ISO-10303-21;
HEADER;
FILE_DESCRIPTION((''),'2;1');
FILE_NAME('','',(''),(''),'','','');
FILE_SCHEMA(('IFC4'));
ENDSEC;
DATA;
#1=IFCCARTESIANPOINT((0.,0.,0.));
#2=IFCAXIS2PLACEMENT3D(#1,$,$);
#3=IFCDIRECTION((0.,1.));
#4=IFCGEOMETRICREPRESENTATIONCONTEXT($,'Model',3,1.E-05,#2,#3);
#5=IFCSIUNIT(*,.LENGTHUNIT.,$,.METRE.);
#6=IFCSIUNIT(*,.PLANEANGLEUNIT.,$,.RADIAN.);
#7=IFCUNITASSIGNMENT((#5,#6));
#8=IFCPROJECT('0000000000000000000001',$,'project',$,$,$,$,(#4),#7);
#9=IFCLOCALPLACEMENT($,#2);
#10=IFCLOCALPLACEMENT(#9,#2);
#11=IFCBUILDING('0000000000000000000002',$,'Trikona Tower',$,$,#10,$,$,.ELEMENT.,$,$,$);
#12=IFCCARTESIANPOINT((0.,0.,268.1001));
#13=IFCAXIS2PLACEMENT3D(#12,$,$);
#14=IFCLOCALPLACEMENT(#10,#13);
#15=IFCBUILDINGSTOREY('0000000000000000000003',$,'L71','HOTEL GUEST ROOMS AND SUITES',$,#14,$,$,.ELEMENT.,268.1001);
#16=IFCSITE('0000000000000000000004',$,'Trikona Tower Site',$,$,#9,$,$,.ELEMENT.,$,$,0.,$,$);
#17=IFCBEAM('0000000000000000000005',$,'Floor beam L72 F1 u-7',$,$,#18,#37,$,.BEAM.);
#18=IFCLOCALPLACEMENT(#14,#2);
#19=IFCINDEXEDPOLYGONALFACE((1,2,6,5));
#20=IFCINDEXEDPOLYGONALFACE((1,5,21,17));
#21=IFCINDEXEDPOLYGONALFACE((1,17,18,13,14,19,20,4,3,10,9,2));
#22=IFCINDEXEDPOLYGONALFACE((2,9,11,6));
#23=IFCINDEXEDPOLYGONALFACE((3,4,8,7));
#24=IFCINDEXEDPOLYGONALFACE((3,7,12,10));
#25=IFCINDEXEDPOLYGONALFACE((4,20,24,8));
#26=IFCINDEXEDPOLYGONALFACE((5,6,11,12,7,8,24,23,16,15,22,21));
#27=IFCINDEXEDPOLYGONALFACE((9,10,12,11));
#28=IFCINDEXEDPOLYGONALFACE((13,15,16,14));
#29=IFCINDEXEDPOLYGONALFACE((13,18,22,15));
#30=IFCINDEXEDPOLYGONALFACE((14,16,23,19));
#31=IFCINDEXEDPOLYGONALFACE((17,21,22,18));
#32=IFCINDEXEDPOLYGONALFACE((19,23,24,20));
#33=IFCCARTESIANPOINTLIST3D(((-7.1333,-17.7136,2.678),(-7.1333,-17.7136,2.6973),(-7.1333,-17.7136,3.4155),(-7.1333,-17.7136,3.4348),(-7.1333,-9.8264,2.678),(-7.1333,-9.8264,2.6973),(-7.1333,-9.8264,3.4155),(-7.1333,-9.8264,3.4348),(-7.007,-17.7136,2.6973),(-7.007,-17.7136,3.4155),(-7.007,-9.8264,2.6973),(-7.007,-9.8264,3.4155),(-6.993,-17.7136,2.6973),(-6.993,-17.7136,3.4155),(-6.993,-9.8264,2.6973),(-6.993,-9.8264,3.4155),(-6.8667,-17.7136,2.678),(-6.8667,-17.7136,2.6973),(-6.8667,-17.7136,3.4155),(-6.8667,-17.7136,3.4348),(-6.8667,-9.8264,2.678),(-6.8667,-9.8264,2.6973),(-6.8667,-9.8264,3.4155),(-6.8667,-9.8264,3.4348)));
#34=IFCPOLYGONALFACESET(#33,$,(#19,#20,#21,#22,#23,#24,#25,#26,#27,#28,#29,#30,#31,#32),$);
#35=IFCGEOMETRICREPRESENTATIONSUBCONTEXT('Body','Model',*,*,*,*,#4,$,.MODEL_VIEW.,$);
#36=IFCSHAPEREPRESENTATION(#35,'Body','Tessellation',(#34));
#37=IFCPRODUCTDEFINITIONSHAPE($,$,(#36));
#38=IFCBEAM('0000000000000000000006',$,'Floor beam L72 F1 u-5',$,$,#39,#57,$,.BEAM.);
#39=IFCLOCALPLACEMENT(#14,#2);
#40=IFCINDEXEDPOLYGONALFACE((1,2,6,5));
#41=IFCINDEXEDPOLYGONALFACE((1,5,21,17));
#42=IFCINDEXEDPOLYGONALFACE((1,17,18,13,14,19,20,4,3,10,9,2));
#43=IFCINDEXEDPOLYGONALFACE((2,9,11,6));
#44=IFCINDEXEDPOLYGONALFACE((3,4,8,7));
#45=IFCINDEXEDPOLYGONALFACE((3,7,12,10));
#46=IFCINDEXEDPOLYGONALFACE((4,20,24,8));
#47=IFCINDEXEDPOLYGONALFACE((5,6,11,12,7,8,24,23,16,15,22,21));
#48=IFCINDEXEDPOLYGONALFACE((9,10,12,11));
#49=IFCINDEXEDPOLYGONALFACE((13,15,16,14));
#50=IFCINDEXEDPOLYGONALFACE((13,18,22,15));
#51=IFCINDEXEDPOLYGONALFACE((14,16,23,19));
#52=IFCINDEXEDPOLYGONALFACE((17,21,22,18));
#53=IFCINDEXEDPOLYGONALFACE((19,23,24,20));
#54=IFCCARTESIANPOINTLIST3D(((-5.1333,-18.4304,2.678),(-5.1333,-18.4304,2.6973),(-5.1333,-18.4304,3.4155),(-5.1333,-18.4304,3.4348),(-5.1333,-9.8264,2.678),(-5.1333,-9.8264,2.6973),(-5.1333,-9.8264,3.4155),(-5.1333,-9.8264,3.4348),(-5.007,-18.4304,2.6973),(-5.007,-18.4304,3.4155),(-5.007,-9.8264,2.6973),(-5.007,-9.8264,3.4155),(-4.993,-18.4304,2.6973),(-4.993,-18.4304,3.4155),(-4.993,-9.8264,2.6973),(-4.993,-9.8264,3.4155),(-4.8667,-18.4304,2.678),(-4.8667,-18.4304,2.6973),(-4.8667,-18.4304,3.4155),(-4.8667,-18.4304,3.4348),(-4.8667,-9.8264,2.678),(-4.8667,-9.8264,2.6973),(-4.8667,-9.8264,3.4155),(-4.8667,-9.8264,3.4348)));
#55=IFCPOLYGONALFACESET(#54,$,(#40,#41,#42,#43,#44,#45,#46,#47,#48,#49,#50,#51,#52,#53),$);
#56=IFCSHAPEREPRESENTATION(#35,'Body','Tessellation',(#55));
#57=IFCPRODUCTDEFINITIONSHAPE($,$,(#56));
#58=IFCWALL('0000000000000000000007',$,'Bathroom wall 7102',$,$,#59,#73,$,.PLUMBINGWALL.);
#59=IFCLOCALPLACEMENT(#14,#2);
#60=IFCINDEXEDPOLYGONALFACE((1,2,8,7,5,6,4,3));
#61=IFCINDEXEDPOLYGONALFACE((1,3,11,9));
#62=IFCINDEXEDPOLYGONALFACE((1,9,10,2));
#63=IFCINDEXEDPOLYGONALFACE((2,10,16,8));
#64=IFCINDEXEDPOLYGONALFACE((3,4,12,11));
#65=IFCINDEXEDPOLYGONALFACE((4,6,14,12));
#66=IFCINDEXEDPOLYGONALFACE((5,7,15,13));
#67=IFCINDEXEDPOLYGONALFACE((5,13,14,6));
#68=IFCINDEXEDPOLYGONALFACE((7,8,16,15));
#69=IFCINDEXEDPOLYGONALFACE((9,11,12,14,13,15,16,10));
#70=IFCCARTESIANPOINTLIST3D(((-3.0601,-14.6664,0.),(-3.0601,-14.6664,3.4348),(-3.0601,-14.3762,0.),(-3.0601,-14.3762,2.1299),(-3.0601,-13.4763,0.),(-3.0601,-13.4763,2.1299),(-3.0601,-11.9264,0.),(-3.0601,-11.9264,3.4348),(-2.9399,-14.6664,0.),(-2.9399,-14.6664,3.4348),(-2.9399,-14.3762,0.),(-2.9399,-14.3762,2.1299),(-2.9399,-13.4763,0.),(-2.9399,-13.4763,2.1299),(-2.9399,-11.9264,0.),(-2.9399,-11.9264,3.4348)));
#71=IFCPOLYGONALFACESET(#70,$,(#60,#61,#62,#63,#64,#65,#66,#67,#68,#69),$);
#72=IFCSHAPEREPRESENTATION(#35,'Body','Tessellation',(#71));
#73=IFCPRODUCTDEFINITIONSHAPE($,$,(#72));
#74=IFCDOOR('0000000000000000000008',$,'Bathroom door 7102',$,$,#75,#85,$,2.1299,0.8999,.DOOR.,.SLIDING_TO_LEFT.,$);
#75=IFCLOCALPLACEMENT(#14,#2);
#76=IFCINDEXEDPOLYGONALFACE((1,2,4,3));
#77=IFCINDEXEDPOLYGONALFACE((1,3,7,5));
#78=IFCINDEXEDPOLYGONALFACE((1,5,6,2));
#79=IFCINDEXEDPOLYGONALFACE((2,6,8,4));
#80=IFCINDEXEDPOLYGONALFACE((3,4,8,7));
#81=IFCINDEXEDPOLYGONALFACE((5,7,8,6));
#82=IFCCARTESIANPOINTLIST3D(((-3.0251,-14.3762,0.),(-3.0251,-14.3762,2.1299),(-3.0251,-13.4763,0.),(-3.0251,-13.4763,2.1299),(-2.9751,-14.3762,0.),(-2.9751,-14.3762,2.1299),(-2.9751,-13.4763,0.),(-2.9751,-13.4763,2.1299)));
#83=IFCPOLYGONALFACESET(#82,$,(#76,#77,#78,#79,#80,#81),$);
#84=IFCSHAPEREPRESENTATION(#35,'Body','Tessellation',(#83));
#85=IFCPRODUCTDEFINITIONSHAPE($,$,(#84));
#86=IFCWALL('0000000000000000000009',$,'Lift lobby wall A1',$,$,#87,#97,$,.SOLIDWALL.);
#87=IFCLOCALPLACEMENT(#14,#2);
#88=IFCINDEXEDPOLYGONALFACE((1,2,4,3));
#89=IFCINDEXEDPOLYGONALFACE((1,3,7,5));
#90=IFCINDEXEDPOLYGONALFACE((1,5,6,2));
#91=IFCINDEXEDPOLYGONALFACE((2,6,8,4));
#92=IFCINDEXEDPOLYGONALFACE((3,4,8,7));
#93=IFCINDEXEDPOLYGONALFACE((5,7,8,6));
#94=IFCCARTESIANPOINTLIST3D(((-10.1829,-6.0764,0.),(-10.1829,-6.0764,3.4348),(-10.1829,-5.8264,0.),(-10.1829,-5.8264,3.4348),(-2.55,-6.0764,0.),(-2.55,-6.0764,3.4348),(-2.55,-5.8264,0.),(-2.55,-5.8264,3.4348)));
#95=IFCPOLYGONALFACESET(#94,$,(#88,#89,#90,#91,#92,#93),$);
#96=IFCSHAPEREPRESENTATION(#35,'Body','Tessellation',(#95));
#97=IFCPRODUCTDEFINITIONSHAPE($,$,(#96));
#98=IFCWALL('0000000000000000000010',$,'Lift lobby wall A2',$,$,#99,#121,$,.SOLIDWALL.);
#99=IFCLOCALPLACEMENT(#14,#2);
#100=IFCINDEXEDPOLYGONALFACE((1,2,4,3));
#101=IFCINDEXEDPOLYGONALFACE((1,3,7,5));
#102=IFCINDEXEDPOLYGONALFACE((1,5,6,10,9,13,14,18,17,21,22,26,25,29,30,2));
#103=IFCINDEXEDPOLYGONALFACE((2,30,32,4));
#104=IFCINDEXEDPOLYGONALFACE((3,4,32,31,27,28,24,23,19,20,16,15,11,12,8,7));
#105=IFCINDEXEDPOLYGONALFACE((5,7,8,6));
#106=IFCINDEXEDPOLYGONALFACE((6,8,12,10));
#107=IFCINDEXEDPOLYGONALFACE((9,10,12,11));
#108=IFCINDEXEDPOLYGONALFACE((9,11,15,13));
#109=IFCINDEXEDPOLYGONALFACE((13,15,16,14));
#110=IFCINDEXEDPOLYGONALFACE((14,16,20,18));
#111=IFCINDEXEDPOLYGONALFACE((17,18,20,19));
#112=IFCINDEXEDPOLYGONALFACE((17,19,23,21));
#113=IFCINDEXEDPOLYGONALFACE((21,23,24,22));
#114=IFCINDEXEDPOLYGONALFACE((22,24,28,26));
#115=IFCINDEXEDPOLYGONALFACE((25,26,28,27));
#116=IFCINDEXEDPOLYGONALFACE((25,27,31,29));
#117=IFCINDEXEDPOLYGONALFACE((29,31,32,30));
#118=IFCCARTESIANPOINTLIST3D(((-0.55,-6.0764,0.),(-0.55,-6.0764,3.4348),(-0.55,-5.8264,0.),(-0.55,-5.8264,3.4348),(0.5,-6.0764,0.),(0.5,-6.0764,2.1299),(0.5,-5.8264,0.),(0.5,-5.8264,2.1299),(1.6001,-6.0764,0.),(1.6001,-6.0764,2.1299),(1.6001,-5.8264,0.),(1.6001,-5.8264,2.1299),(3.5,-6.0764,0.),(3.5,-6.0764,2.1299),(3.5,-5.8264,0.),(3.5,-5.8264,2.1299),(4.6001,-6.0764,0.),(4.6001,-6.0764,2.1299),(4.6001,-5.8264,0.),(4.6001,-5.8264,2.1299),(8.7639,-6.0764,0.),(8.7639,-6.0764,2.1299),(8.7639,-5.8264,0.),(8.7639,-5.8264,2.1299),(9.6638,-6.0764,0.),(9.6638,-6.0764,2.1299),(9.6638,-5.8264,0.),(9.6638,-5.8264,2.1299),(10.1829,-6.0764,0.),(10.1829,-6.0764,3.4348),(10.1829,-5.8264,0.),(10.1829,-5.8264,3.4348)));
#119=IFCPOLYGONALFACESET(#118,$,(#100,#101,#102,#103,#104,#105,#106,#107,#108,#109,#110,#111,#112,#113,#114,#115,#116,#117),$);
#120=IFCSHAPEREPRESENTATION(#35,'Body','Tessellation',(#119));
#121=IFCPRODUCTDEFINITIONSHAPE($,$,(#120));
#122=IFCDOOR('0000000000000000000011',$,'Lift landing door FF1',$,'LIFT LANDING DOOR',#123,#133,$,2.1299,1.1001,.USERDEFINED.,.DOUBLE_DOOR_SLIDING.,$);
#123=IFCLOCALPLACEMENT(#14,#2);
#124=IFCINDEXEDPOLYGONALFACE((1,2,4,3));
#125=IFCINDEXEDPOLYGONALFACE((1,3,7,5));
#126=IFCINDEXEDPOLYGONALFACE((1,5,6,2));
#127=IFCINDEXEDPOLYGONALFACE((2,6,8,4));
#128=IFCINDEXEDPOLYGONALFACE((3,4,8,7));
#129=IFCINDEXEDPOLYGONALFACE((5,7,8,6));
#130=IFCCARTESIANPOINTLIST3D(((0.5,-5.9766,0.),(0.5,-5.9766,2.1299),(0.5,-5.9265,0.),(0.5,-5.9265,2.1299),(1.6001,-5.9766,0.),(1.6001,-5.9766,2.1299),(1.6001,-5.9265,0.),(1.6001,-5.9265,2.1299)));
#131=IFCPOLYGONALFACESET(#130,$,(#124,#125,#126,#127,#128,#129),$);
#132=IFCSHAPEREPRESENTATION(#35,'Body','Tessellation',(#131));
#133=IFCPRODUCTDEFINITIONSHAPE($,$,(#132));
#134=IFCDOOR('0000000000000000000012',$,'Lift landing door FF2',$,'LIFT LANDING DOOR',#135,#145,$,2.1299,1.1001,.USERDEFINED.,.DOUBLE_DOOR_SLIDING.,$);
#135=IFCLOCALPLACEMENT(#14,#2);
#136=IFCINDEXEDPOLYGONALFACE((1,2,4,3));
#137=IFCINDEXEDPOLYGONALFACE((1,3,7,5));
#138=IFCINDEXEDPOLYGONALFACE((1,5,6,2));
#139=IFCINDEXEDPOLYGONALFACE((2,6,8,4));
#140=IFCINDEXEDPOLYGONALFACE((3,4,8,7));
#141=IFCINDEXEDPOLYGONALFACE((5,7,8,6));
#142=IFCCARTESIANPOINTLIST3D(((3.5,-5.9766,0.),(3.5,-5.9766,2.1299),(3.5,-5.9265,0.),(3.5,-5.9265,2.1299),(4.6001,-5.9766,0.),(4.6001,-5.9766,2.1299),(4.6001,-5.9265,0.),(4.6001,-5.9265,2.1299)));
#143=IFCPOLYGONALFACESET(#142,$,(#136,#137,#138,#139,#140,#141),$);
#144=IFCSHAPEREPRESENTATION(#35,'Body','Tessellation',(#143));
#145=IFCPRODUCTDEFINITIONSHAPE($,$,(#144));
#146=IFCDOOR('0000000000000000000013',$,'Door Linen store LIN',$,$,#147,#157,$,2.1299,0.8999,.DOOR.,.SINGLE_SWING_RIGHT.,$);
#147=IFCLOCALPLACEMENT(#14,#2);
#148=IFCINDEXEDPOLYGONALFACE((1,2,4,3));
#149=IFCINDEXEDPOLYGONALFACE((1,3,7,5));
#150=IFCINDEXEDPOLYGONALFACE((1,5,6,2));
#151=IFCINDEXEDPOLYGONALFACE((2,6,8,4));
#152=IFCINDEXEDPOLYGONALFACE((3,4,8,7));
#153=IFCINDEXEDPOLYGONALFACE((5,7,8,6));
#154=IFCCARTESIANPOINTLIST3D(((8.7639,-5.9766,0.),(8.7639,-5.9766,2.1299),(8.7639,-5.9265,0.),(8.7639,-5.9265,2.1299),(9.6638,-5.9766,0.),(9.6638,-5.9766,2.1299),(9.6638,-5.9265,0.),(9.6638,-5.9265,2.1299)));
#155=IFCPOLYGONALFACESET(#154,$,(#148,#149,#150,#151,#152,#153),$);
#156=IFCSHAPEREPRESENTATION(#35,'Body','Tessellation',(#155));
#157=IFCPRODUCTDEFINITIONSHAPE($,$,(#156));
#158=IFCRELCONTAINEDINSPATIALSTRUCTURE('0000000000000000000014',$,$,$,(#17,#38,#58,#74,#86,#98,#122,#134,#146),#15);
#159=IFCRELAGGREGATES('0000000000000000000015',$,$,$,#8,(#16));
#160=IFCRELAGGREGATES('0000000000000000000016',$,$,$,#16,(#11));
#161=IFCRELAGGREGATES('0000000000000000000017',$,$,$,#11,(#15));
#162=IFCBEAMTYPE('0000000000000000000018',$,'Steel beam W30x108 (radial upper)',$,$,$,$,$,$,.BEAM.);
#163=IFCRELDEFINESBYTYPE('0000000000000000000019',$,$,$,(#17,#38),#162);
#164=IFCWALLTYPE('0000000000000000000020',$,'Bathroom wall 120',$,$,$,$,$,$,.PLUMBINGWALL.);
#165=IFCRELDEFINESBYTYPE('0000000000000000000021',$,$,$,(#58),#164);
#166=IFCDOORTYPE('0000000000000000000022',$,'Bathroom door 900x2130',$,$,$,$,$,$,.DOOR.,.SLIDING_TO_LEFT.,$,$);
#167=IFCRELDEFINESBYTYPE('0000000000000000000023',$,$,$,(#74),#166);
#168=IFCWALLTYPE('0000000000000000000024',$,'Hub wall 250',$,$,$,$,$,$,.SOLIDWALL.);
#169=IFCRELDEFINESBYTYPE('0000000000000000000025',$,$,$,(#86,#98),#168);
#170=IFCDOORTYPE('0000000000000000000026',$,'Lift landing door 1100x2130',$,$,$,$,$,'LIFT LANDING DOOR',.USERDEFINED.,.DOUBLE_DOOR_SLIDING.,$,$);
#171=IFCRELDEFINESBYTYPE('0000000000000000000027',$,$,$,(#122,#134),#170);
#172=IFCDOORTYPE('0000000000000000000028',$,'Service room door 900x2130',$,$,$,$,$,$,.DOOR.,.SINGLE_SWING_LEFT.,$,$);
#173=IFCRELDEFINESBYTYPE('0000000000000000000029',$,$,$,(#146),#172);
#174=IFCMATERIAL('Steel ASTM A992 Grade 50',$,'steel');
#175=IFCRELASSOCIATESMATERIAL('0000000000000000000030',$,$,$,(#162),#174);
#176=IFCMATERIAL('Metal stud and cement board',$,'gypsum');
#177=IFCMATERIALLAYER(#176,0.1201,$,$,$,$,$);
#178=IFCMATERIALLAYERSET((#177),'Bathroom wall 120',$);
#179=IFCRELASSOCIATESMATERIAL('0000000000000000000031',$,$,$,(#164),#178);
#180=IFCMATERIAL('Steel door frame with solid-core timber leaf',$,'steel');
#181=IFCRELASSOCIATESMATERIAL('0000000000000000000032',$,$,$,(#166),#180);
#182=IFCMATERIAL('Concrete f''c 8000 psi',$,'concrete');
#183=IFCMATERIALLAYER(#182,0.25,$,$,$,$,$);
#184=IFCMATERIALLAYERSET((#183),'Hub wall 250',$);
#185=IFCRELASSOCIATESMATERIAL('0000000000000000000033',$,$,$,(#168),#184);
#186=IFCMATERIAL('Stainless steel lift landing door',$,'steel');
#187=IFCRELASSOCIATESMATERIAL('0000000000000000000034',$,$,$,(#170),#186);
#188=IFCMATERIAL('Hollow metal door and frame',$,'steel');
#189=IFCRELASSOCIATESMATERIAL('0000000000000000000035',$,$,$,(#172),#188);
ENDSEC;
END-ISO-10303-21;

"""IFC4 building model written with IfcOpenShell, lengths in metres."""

from ifc_helpers import new_model, si_unit, direction, frame, frame_2d, origin, origin_2d, place, context, subcontext, project, spatial, rectangle, i_section, extrude, material, layer, layer_set, material_profile, profile_set, type_object, element, fill, save


model = new_model("IFC4")

# Units and contexts
model_context = context("Model", 3, precision=1e-05, world=origin(), true_north=direction((0.0, 1.0)))
body_context = subcontext(model_context, "Body", "Model", "MODEL_VIEW")
ifc_project = project(units=[si_unit("LENGTHUNIT", "METRE"), si_unit("PLANEANGLEUNIT", "RADIAN")], contexts=[model_context])

# Site, building, storey
site_placement = place(None, origin())
site = spatial("IfcSite", under=ifc_project, at=site_placement, Name="Trikona Tower Site", CompositionType="ELEMENT", RefElevation=0.0)
building_placement = place(site_placement, origin())
building = spatial("IfcBuilding", under=site, at=building_placement, Name="Trikona Tower", CompositionType="ELEMENT")
storey_placement = place(building_placement, frame((0.0, 0.0, 268.1001)))
storey = spatial("IfcBuildingStorey", under=building, at=storey_placement, Name="L71", Description="HOTEL GUEST ROOMS AND SUITES", CompositionType="ELEMENT", Elevation=268.1001)

# Beams
ifc_material_1 = material(Name="Steel ASTM A992 Grade 50", Category="steel")
ifc_material_profile = material_profile(ifc_material_1, i_section(OverallWidth=0.2666, OverallDepth=0.7568, WebThickness=0.0139, FlangeThickness=0.0193, at=origin_2d()), Name="W30X108")
ifc_profile_set = profile_set([ifc_material_profile], Name="Steel ASTM A992 Grade 50")
beam_type = type_object("IfcBeamType", Name="Steel beam W30x108 (radial upper)", PredefinedType="BEAM", material=ifc_profile_set)
beam_1_placement = place(storey_placement, frame((-7.0, -9.8264, 3.0564), z_axis=(0.0, -1.0, 0.0), x_axis=(1.0, 0.0, 0.0)))
element("IfcBeam", 1, at=beam_1_placement, inside=storey, type_object=beam_type, Name="Floor beam L72 F1 u-7", PredefinedType="BEAM", context=body_context, shape_type="SweptSolid", body=[
    extrude(i_section(OverallWidth=0.2666, OverallDepth=0.7568, WebThickness=0.0139, FlangeThickness=0.0193, at=origin_2d()), origin(), (0.0, 0.0, 1.0), 7.8872),
])
beam_2_placement = place(storey_placement, frame((-5.0, -9.8264, 3.0564), z_axis=(0.0, -1.0, 0.0), x_axis=(1.0, 0.0, 0.0)))
element("IfcBeam", 2, at=beam_2_placement, inside=storey, type_object=beam_type, Name="Floor beam L72 F1 u-5", PredefinedType="BEAM", context=body_context, shape_type="SweptSolid", body=[
    extrude(i_section(OverallWidth=0.2666, OverallDepth=0.7568, WebThickness=0.0139, FlangeThickness=0.0193, at=origin_2d()), origin(), (0.0, 0.0, 1.0), 8.604),
])

# Wall, opening, door
ifc_material_2 = material(Name="Metal stud and cement board", Category="gypsum")
ifc_layer_1 = layer(ifc_material_2, 0.1201)
ifc_layer_set_1 = layer_set([ifc_layer_1], Name="Bathroom wall 120")
wall_type_1 = type_object("IfcWallType", Name="Bathroom wall 120", PredefinedType="PLUMBINGWALL", material=ifc_layer_set_1)
wall_1_placement = place(storey_placement, frame((-3.0, -11.9263, 0.0), z_axis=(0.0, 0.0, 1.0), x_axis=(0.0, -1.0, 0.0)))
wall_1 = element("IfcWall", 3, at=wall_1_placement, inside=storey, type_object=wall_type_1, Name="Bathroom wall 7102", PredefinedType="PLUMBINGWALL", context=body_context, shape_type="SweptSolid", body=[
    extrude(rectangle(XDim=2.74, YDim=0.1201, at=frame_2d((1.3701, 0.0))), origin(), (0.0, 0.0, 1.0), 3.4348),
])
opening_1_placement = place(wall_1_placement, frame((1.55, 0.0, 0.0)))
opening_1 = element("IfcOpeningElement", 4, at=opening_1_placement, cuts=wall_1, PredefinedType="OPENING", context=body_context, shape_type="SweptSolid", body=[
    extrude(rectangle(XDim=0.8999, YDim=2.1299, at=frame_2d((0.45, 1.0649))), frame((0.0, 0.0701, 0.0), z_axis=(0.0, -1.0, 0.0), x_axis=(1.0, 0.0, 0.0)), (0.0, 0.0, 1.0), 0.1401),
])
ifc_material_3 = material(Name="Steel door frame with solid-core timber leaf", Category="steel")
door_type_1 = type_object("IfcDoorType", Name="Bathroom door 900x2130", OperationType="SLIDING_TO_LEFT", PredefinedType="DOOR", material=ifc_material_3)
door_1_placement = place(opening_1_placement, origin())
door_1 = element("IfcDoor", 5, at=door_1_placement, inside=storey, type_object=door_type_1, Name="Bathroom door 7102", OperationType="SLIDING_TO_LEFT", OverallHeight=2.1299, OverallWidth=0.8999, PredefinedType="DOOR", context=body_context, shape_type="SweptSolid", body=[
    extrude(rectangle(XDim=0.8999, YDim=2.1299, at=frame_2d((0.45, 1.0649))), frame((0.0, 0.0249, 0.0), z_axis=(0.0, -1.0, 0.0), x_axis=(1.0, 0.0, 0.0)), (0.0, 0.0, 1.0), 0.05),
])
fill(opening_1, door_1)

# Wall
ifc_material_4 = material(Name="Concrete f'c 8000 psi", Category="concrete")
ifc_layer_2 = layer(ifc_material_4, 0.25)
ifc_layer_set_2 = layer_set([ifc_layer_2], Name="Hub wall 250")
wall_type_2 = type_object("IfcWallType", Name="Hub wall 250", PredefinedType="SOLIDWALL", material=ifc_layer_set_2)
wall_2_placement = place(storey_placement, frame((-10.1829, -5.9514, 0.0), z_axis=(0.0, 0.0, 1.0), x_axis=(1.0, 0.0, 0.0)))
element("IfcWall", 6, at=wall_2_placement, inside=storey, type_object=wall_type_2, Name="Lift lobby wall A1", PredefinedType="SOLIDWALL", context=body_context, shape_type="SweptSolid", body=[
    extrude(rectangle(XDim=7.6328, YDim=0.25, at=frame_2d((3.8164, 0.0))), origin(), (0.0, 0.0, 1.0), 3.4348),
])

# Wall, openings, doors
wall_3_placement = place(storey_placement, frame((-0.55, -5.9514, 0.0), z_axis=(0.0, 0.0, 1.0), x_axis=(1.0, 0.0, 0.0)))
wall_3 = element("IfcWall", 7, at=wall_3_placement, inside=storey, type_object=wall_type_2, Name="Lift lobby wall A2", PredefinedType="SOLIDWALL", context=body_context, shape_type="SweptSolid", body=[
    extrude(rectangle(XDim=10.7329, YDim=0.25, at=frame_2d((5.3665, 0.0))), origin(), (0.0, 0.0, 1.0), 3.4348),
])
opening_2_placement = place(wall_3_placement, frame((9.314, 0.0, 0.0)))
opening_2 = element("IfcOpeningElement", 8, at=opening_2_placement, cuts=wall_3, PredefinedType="OPENING", context=body_context, shape_type="SweptSolid", body=[
    extrude(rectangle(XDim=0.8999, YDim=2.1299, at=frame_2d((0.45, 1.0649))), frame((0.0, 0.135, 0.0), z_axis=(0.0, -1.0, 0.0), x_axis=(1.0, 0.0, 0.0)), (0.0, 0.0, 1.0), 0.27),
])
opening_3_placement = place(wall_3_placement, frame((1.05, 0.0, 0.0)))
opening_3 = element("IfcOpeningElement", 9, at=opening_3_placement, cuts=wall_3, PredefinedType="OPENING", context=body_context, shape_type="SweptSolid", body=[
    extrude(rectangle(XDim=1.1001, YDim=2.1299, at=frame_2d((0.55, 1.0649))), frame((0.0, 0.135, 0.0), z_axis=(0.0, -1.0, 0.0), x_axis=(1.0, 0.0, 0.0)), (0.0, 0.0, 1.0), 0.27),
])
opening_4_placement = place(wall_3_placement, frame((4.05, 0.0, 0.0)))
opening_4 = element("IfcOpeningElement", 10, at=opening_4_placement, cuts=wall_3, PredefinedType="OPENING", context=body_context, shape_type="SweptSolid", body=[
    extrude(rectangle(XDim=1.1001, YDim=2.1299, at=frame_2d((0.55, 1.0649))), frame((0.0, 0.135, 0.0), z_axis=(0.0, -1.0, 0.0), x_axis=(1.0, 0.0, 0.0)), (0.0, 0.0, 1.0), 0.27),
])
ifc_material_5 = material(Name="Stainless steel lift landing door", Category="steel")
door_type_2 = type_object("IfcDoorType", Name="Lift landing door 1100x2130", ElementType="LIFT LANDING DOOR", OperationType="DOUBLE_DOOR_SLIDING", PredefinedType="USERDEFINED", material=ifc_material_5)
door_2_placement = place(opening_3_placement, origin())
door_2 = element("IfcDoor", 11, at=door_2_placement, inside=storey, type_object=door_type_2, Name="Lift landing door FF1", ObjectType="LIFT LANDING DOOR", OperationType="DOUBLE_DOOR_SLIDING", OverallHeight=2.1299, OverallWidth=1.1001, PredefinedType="USERDEFINED", context=body_context, shape_type="SweptSolid", body=[
    extrude(rectangle(XDim=1.1001, YDim=2.1299, at=frame_2d((0.55, 1.0649))), frame((0.0, 0.0249, 0.0), z_axis=(0.0, -1.0, 0.0), x_axis=(1.0, 0.0, 0.0)), (0.0, 0.0, 1.0), 0.05),
])
fill(opening_3, door_2)
door_3_placement = place(opening_4_placement, origin())
door_3 = element("IfcDoor", 12, at=door_3_placement, inside=storey, type_object=door_type_2, Name="Lift landing door FF2", ObjectType="LIFT LANDING DOOR", OperationType="DOUBLE_DOOR_SLIDING", OverallHeight=2.1299, OverallWidth=1.1001, PredefinedType="USERDEFINED", context=body_context, shape_type="SweptSolid", body=[
    extrude(rectangle(XDim=1.1001, YDim=2.1299, at=frame_2d((0.55, 1.0649))), frame((0.0, 0.0249, 0.0), z_axis=(0.0, -1.0, 0.0), x_axis=(1.0, 0.0, 0.0)), (0.0, 0.0, 1.0), 0.05),
])
fill(opening_4, door_3)
ifc_material_6 = material(Name="Hollow metal door and frame", Category="steel")
door_type_3 = type_object("IfcDoorType", Name="Service room door 900x2130", OperationType="SINGLE_SWING_LEFT", PredefinedType="DOOR", material=ifc_material_6)
door_4_placement = place(opening_2_placement, origin())
door_4 = element("IfcDoor", 13, at=door_4_placement, inside=storey, type_object=door_type_3, Name="Door Linen store LIN", OperationType="SINGLE_SWING_RIGHT", OverallHeight=2.1299, OverallWidth=0.8999, PredefinedType="DOOR", context=body_context, shape_type="SweptSolid", body=[
    extrude(rectangle(XDim=0.8999, YDim=2.1299, at=frame_2d((0.45, 1.0649))), frame((0.0, 0.0249, 0.0), z_axis=(0.0, -1.0, 0.0), x_axis=(1.0, 0.0, 0.0)), (0.0, 0.0, 1.0), 0.05),
])
fill(opening_2, door_4)

save(model, "model.ifc")
